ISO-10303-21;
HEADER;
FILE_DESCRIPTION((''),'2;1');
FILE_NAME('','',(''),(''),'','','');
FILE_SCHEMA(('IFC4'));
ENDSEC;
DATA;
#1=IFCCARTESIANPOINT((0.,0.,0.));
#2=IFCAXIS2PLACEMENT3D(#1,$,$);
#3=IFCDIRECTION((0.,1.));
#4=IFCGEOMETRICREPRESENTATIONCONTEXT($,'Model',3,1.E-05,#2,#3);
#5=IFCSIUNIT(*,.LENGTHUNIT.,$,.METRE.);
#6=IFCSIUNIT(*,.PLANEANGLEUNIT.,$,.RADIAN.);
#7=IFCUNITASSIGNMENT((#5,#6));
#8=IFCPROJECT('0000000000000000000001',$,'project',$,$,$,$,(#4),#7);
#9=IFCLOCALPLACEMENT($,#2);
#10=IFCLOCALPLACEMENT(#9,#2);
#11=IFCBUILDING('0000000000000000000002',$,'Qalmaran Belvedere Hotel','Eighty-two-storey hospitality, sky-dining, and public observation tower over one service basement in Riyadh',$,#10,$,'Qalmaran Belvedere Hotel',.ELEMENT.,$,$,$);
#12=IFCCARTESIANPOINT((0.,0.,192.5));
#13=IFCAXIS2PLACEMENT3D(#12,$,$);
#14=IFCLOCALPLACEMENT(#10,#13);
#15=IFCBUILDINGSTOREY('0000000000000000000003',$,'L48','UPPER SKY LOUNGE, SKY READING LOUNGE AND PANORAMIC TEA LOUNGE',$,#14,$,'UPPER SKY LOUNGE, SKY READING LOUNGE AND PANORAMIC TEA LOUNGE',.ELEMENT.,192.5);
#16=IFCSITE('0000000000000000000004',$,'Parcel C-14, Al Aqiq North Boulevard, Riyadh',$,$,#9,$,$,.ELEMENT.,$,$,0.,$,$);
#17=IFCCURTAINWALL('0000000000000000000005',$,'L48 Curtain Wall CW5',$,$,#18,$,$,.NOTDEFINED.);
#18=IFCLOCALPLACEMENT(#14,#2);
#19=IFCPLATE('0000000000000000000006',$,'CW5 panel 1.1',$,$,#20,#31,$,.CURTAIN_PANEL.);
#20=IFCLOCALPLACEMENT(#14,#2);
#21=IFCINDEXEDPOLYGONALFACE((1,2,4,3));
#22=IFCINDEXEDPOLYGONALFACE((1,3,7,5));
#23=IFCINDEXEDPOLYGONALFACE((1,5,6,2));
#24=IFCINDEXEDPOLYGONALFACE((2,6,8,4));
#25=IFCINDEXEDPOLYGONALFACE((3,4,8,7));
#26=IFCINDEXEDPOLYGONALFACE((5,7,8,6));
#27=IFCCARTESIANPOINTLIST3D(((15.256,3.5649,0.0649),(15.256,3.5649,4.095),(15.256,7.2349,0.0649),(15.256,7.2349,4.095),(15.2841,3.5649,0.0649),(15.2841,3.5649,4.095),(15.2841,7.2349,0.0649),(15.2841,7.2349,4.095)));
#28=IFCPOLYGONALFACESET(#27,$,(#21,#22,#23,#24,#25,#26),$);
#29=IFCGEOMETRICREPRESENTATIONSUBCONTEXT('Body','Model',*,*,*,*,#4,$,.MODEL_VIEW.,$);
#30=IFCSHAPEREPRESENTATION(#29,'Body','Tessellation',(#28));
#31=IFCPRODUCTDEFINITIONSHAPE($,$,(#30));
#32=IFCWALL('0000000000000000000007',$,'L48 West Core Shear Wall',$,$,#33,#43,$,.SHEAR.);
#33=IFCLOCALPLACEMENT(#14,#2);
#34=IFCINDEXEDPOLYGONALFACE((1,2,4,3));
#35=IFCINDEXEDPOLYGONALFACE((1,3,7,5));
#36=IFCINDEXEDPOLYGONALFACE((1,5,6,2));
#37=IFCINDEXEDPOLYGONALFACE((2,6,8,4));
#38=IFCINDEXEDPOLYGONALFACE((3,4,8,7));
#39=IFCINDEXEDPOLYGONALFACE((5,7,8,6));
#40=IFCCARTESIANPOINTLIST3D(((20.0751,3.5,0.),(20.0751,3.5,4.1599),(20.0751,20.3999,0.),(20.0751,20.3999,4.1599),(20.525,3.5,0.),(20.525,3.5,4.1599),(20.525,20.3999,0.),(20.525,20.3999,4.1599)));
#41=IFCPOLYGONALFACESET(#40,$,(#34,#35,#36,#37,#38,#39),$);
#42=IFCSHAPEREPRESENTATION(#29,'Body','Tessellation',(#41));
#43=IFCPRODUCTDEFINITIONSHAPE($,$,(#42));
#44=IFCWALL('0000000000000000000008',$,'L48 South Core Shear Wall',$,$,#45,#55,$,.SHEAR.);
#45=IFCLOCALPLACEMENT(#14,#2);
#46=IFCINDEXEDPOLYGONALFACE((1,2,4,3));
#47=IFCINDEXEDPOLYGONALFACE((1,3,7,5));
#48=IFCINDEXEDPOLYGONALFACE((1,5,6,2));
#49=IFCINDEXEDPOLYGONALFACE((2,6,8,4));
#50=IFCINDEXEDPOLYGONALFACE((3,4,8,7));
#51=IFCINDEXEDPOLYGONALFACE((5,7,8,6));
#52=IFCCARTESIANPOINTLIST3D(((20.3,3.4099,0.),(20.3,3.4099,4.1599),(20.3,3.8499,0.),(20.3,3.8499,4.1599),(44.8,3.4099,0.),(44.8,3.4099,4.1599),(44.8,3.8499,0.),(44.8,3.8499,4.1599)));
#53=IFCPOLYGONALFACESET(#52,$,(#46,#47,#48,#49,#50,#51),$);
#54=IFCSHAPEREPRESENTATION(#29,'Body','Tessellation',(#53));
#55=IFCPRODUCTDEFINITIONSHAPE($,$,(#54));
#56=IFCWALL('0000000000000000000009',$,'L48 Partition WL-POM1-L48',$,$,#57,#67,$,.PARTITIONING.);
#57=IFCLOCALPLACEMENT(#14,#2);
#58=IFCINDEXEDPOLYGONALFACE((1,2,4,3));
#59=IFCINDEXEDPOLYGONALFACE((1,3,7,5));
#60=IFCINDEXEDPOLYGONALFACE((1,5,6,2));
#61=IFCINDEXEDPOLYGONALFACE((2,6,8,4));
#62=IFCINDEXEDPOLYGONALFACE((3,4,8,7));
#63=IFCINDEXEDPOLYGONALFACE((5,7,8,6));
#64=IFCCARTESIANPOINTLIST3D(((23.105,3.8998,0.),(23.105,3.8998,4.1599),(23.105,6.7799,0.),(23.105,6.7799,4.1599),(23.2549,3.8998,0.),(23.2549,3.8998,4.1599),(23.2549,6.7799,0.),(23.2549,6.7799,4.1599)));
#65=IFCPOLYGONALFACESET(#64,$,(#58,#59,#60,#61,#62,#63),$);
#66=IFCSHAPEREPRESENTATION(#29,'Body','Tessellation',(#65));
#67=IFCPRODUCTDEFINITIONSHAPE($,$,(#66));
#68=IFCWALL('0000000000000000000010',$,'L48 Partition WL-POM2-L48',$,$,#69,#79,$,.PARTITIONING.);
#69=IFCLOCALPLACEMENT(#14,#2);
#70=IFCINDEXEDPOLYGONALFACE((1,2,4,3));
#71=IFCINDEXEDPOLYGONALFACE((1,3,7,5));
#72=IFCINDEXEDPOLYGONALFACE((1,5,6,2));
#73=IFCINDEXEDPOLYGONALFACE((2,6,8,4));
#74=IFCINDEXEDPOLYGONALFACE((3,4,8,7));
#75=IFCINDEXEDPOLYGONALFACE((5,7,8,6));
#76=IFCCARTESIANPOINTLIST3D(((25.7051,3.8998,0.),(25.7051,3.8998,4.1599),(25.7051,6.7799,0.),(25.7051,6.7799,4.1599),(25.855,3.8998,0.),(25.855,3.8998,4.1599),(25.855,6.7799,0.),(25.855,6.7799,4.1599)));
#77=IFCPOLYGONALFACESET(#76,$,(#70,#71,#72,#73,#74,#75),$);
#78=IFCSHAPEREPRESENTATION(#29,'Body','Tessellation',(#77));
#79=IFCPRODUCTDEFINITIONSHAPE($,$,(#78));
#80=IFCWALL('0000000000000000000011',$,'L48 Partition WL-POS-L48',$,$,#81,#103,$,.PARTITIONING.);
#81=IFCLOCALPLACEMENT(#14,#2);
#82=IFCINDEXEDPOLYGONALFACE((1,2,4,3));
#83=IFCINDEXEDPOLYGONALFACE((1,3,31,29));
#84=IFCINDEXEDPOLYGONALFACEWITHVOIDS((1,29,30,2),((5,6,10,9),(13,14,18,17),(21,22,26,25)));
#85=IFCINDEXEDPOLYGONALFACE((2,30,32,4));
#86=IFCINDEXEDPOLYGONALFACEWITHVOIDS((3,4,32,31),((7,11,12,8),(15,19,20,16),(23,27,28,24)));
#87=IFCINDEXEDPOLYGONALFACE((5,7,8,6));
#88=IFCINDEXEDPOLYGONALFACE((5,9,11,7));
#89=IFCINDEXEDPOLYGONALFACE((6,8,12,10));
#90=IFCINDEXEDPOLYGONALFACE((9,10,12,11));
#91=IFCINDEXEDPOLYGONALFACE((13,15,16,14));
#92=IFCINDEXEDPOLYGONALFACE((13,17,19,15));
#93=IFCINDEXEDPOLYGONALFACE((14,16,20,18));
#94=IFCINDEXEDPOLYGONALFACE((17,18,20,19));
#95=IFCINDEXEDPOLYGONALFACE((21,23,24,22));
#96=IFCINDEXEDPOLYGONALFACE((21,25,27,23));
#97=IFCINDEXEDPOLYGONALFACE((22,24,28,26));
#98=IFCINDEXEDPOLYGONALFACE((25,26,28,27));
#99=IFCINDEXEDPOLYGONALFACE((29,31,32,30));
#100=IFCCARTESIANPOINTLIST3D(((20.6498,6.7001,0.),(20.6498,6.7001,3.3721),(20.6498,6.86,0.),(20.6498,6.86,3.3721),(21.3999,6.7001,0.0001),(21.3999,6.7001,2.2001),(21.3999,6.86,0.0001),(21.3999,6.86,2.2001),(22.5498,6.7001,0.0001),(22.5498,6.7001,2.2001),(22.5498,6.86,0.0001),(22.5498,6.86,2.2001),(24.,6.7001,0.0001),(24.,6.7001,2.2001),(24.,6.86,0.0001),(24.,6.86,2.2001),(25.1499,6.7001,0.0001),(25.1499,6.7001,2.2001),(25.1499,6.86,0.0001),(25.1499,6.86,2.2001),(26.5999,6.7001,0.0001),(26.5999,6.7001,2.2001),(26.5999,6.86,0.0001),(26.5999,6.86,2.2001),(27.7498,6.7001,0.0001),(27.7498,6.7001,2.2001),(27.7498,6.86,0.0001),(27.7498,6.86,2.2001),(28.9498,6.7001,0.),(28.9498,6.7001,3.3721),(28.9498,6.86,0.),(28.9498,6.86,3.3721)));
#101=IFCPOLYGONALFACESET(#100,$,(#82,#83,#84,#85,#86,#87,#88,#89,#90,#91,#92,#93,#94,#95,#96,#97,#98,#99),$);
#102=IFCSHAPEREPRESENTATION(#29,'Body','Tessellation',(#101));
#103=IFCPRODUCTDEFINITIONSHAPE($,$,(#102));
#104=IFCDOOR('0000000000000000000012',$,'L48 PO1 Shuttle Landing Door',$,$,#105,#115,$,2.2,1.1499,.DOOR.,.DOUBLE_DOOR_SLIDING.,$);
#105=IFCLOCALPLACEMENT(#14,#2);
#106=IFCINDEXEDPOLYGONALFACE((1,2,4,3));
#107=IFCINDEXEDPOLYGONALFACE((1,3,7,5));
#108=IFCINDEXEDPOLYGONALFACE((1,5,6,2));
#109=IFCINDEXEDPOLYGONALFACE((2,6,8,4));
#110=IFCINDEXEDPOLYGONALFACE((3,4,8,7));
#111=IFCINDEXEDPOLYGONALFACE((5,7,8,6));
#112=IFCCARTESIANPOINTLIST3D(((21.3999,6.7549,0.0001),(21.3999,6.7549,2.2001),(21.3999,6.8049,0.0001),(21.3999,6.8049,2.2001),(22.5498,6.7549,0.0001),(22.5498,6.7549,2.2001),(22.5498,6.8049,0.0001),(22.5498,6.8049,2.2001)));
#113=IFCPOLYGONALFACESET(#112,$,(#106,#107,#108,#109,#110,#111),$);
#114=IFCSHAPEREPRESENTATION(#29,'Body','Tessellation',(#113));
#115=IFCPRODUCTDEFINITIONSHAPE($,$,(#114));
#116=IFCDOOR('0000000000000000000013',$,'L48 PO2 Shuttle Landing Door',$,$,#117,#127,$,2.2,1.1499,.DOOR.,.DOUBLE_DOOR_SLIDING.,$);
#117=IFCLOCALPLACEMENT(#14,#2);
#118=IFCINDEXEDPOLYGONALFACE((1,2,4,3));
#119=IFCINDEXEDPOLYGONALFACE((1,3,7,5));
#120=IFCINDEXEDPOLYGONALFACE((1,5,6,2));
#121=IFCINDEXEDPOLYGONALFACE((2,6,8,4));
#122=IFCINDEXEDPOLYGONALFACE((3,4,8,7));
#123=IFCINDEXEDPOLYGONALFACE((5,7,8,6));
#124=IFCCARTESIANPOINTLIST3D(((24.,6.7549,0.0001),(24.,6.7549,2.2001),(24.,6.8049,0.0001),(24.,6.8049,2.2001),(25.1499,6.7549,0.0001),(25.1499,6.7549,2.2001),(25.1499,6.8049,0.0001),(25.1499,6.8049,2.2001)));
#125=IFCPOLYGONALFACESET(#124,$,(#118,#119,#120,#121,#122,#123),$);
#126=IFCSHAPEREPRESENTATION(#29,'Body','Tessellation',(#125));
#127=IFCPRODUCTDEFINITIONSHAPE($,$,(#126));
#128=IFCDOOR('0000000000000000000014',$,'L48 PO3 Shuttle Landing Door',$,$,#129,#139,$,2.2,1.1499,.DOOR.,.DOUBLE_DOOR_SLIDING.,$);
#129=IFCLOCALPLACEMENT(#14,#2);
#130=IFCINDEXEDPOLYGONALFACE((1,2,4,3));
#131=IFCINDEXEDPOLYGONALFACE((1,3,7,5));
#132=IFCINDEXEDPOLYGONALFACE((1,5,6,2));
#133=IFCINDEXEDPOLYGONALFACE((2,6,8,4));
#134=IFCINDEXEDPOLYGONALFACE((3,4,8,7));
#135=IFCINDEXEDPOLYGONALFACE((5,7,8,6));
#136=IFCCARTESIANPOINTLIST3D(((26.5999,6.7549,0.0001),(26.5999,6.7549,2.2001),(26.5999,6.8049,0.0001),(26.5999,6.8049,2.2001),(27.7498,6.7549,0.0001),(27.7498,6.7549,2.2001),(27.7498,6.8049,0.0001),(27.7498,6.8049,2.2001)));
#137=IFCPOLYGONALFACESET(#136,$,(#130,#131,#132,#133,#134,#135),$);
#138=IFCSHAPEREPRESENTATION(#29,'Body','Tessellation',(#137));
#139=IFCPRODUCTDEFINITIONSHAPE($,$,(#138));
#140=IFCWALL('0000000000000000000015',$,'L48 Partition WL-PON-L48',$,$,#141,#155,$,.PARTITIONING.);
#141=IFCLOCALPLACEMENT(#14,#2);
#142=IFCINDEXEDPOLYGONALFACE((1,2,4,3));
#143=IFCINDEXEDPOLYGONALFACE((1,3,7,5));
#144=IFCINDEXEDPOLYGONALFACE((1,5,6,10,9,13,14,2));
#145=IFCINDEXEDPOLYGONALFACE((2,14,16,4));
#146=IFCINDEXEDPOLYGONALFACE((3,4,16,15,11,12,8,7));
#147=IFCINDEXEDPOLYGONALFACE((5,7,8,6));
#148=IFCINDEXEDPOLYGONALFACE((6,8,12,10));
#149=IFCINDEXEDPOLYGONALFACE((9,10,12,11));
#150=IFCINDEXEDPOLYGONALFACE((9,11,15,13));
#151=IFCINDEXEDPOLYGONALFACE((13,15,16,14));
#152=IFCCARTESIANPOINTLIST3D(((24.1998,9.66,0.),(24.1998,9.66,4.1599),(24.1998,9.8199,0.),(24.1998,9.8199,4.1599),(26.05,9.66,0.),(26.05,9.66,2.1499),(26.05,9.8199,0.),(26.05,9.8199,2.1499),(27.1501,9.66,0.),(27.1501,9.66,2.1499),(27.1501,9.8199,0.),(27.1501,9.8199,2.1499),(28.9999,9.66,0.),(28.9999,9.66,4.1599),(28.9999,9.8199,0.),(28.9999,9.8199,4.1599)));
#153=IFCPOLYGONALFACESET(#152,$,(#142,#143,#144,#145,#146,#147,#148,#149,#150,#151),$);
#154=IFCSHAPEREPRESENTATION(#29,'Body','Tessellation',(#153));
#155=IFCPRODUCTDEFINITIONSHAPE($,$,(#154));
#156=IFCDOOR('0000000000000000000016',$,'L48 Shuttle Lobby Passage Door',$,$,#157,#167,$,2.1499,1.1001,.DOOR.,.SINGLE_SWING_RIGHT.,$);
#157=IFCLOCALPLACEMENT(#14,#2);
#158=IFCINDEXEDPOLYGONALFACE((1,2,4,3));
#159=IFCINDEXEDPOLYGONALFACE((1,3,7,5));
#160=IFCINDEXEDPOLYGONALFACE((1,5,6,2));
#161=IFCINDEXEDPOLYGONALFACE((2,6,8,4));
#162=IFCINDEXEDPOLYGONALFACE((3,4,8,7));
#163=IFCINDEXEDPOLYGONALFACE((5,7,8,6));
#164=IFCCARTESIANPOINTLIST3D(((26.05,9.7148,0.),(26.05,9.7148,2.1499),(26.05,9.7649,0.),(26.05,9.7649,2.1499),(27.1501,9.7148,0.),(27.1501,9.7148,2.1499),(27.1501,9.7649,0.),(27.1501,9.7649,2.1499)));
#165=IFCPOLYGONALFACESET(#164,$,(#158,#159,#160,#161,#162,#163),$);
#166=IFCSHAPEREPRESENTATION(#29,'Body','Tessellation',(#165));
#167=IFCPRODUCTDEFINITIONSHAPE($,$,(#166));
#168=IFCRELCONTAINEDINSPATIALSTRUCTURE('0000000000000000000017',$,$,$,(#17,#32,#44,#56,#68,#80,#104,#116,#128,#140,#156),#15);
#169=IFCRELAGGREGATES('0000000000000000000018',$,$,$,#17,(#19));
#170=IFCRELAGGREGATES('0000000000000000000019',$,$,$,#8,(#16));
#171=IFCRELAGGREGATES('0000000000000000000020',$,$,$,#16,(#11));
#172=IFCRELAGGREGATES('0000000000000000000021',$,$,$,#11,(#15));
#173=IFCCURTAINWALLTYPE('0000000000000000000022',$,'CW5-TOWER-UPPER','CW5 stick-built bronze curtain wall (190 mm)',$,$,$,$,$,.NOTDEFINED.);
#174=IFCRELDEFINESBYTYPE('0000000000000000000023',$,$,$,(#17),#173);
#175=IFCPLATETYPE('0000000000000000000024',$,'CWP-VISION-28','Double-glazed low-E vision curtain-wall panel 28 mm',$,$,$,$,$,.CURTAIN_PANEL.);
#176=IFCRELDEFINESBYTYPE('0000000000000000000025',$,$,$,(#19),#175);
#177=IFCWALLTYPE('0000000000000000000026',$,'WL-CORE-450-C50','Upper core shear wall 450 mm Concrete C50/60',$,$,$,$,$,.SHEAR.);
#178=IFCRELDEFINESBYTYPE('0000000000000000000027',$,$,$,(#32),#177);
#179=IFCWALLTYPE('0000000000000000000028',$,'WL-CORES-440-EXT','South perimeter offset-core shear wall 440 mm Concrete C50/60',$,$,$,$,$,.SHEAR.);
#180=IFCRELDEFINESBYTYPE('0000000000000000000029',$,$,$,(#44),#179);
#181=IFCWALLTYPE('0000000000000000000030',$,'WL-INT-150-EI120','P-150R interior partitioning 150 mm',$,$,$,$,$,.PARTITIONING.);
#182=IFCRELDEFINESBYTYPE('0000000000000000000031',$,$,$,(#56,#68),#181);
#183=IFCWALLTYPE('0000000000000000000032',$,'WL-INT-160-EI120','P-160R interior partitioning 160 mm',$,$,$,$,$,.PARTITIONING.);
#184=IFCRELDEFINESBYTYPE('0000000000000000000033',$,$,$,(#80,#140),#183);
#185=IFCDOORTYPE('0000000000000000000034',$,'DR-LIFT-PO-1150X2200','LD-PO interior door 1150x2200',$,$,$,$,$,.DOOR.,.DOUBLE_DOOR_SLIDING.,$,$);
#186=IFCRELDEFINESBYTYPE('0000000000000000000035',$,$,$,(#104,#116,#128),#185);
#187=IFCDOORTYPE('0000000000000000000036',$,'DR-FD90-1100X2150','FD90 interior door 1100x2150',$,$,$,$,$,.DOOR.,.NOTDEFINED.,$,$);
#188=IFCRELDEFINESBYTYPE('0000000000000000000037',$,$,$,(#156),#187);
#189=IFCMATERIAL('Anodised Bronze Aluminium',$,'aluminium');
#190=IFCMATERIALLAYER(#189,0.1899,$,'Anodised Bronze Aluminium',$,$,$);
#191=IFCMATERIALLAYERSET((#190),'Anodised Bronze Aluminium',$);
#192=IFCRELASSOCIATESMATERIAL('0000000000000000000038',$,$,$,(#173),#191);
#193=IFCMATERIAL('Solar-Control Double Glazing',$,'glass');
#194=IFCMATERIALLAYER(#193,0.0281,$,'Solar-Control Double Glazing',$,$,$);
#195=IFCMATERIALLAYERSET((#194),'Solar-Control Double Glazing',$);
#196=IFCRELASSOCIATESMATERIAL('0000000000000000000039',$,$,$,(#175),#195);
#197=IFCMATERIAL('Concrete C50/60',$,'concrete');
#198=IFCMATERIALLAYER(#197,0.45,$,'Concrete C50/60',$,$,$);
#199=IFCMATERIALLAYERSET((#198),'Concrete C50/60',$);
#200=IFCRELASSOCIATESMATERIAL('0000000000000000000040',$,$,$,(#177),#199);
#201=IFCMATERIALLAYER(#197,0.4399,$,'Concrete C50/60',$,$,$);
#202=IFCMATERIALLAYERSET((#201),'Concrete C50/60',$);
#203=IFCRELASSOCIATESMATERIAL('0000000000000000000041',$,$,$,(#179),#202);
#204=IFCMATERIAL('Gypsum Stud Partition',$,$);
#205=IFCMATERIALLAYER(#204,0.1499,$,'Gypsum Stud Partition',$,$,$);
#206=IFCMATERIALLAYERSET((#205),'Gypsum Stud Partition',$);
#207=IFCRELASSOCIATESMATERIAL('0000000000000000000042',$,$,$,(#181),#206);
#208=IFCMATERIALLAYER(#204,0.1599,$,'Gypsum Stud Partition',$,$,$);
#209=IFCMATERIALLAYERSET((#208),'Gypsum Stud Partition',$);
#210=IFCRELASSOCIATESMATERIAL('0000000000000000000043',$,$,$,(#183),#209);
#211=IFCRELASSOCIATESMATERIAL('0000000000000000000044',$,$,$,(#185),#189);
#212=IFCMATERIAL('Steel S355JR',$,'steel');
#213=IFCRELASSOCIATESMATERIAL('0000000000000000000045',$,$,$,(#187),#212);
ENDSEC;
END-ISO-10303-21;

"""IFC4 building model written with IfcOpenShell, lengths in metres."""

from ifc_helpers import new_model, si_unit, direction, frame, frame_2d, origin, origin_2d, place, context, subcontext, project, spatial, rectangle, extrude, material, layer, layer_set, type_object, element, fill, aggregate, save


model = new_model("IFC4")

# Units and contexts
model_context = context("Model", 3, precision=1e-05, world=origin(), true_north=direction((0.0, 1.0)))
body_context = subcontext(model_context, "Body", "Model", "MODEL_VIEW")
ifc_project = project(units=[si_unit("LENGTHUNIT", "METRE"), si_unit("PLANEANGLEUNIT", "RADIAN")], contexts=[model_context])

# Site, building, storey
site_placement = place(None, origin())
site = spatial("IfcSite", under=ifc_project, at=site_placement, Name="Parcel C-14, Al Aqiq North Boulevard, Riyadh", CompositionType="ELEMENT", RefElevation=0.0)
building_placement = place(site_placement, origin())
building = spatial("IfcBuilding", under=site, at=building_placement, Name="Qalmaran Belvedere Hotel", Description="Eighty-two-storey hospitality, sky-dining, and public observation tower over one service basement in Riyadh", LongName="Qalmaran Belvedere Hotel", CompositionType="ELEMENT")
storey_placement = place(building_placement, frame((0.0, 0.0, 192.5)))
storey = spatial("IfcBuildingStorey", under=building, at=storey_placement, Name="L48", Description="UPPER SKY LOUNGE, SKY READING LOUNGE AND PANORAMIC TEA LOUNGE", LongName="UPPER SKY LOUNGE, SKY READING LOUNGE AND PANORAMIC TEA LOUNGE", CompositionType="ELEMENT", Elevation=192.5)

# Shared definitions
ifc_material_1 = material(Name="Concrete C50/60", Category="concrete")

# Shared definitions
ifc_material_2 = material(Name="Steel S355JR", Category="steel")

# Shared definitions
ifc_material_3 = material(Name="Anodised Bronze Aluminium", Category="aluminium")
ifc_layer_1 = layer(ifc_material_3, 0.1899, Name="Anodised Bronze Aluminium")
ifc_layer_set_1 = layer_set([ifc_layer_1], Name="Anodised Bronze Aluminium")
curtain_wall_type = type_object("IfcCurtainWallType", Name="CW5-TOWER-UPPER", Description="CW5 stick-built bronze curtain wall (190 mm)", PredefinedType="NOTDEFINED", material=ifc_layer_set_1)

# Curtain wall
curtain_wall_1_placement = place(storey_placement, origin())
curtain_wall_1 = element("IfcCurtainWall", 1, at=curtain_wall_1_placement, inside=storey, type_object=curtain_wall_type, Name="L48 Curtain Wall CW5", PredefinedType="NOTDEFINED")

# Plate
ifc_material_4 = material(Name="Solar-Control Double Glazing", Category="glass")
ifc_layer_2 = layer(ifc_material_4, 0.0281, Name="Solar-Control Double Glazing")
ifc_layer_set_2 = layer_set([ifc_layer_2], Name="Solar-Control Double Glazing")
plate_type = type_object("IfcPlateType", Name="CWP-VISION-28", Description="Double-glazed low-E vision curtain-wall panel 28 mm", PredefinedType="CURTAIN_PANEL", material=ifc_layer_set_2)
plate_1_placement = place(storey_placement, frame((15.27, 5.3999, 0.0649), z_axis=(0.0, 0.0, 1.0), x_axis=(0.0, -1.0, 0.0)))
plate_1 = element("IfcPlate", 2, at=plate_1_placement, type_object=plate_type, Name="CW5 panel 1.1", PredefinedType="CURTAIN_PANEL", context=body_context, shape_type="SweptSolid", body=[
    extrude(rectangle(XDim=3.6699, YDim=0.0281, at=origin_2d()), origin(), (0.0, 0.0, 1.0), 4.03),
])
aggregate(curtain_wall_1, [plate_1])

# Walls
ifc_layer_3 = layer(ifc_material_1, 0.45, Name="Concrete C50/60")
ifc_layer_set_3 = layer_set([ifc_layer_3], Name="Concrete C50/60")
wall_type_1 = type_object("IfcWallType", Name="WL-CORE-450-C50", Description="Upper core shear wall 450 mm Concrete C50/60", PredefinedType="SHEAR", material=ifc_layer_set_3)
wall_1_placement = place(storey_placement, frame((20.3, 3.5, 0.0), z_axis=(0.0, 0.0, 1.0), x_axis=(0.0, 1.0, 0.0)))
element("IfcWall", 3, at=wall_1_placement, inside=storey, type_object=wall_type_1, Name="L48 West Core Shear Wall", PredefinedType="SHEAR", context=body_context, shape_type="SweptSolid", body=[
    extrude(rectangle(XDim=16.8999, YDim=0.45, at=frame_2d((8.45, 0.0))), origin(), (0.0, 0.0, 1.0), 4.1599),
])
ifc_layer_4 = layer(ifc_material_1, 0.4399, Name="Concrete C50/60")
ifc_layer_set_4 = layer_set([ifc_layer_4], Name="Concrete C50/60")
wall_type_2 = type_object("IfcWallType", Name="WL-CORES-440-EXT", Description="South perimeter offset-core shear wall 440 mm Concrete C50/60", PredefinedType="SHEAR", material=ifc_layer_set_4)
wall_2_placement = place(storey_placement, frame((20.3, 3.6299, 0.0), z_axis=(0.0, 0.0, 1.0), x_axis=(1.0, 0.0, 0.0)))
element("IfcWall", 4, at=wall_2_placement, inside=storey, type_object=wall_type_2, Name="L48 South Core Shear Wall", PredefinedType="SHEAR", context=body_context, shape_type="SweptSolid", body=[
    extrude(rectangle(XDim=24.5, YDim=0.4399, at=frame_2d((12.25, 0.0))), origin(), (0.0, 0.0, 1.0), 4.1599),
])
ifc_material_5 = material(Name="Gypsum Stud Partition")
ifc_layer_5 = layer(ifc_material_5, 0.1499, Name="Gypsum Stud Partition")
ifc_layer_set_5 = layer_set([ifc_layer_5], Name="Gypsum Stud Partition")
wall_type_3 = type_object("IfcWallType", Name="WL-INT-150-EI120", Description="P-150R interior partitioning 150 mm", PredefinedType="PARTITIONING", material=ifc_layer_set_5)
for number, where, z_axis, x_axis, name in (
    (5, (23.1799, 3.8999, 0.0), (0.0, 0.0, 1.0), (0.0, 1.0, 0.0), "L48 Partition WL-POM1-L48"),
    (6, (25.78, 3.8999, 0.0), (0.0, 0.0, 1.0), (0.0, 1.0, 0.0), "L48 Partition WL-POM2-L48"),
):
    element("IfcWall", number, at=place(storey_placement, frame(where, z_axis=z_axis, x_axis=x_axis)), inside=storey, type_object=wall_type_3, Name=name, PredefinedType="PARTITIONING", context=body_context, shape_type="SweptSolid", body=[
        extrude(rectangle(XDim=2.8801, YDim=0.1499, at=frame_2d((1.4399, 0.0))), origin(), (0.0, 0.0, 1.0), 4.1599),
    ])

# Wall, openings, doors
ifc_layer_6 = layer(ifc_material_5, 0.1599, Name="Gypsum Stud Partition")
ifc_layer_set_6 = layer_set([ifc_layer_6], Name="Gypsum Stud Partition")
wall_type_4 = type_object("IfcWallType", Name="WL-INT-160-EI120", Description="P-160R interior partitioning 160 mm", PredefinedType="PARTITIONING", material=ifc_layer_set_6)
wall_3_placement = place(storey_placement, frame((20.6499, 6.78, 0.0), z_axis=(0.0, 0.0, 1.0), x_axis=(1.0, 0.0, 0.0)))
wall_3 = element("IfcWall", 7, at=wall_3_placement, inside=storey, type_object=wall_type_4, Name="L48 Partition WL-POS-L48", PredefinedType="PARTITIONING", context=body_context, shape_type="SweptSolid", body=[
    extrude(rectangle(XDim=8.3, YDim=0.1599, at=frame_2d((4.1499, 0.0))), origin(), (0.0, 0.0, 1.0), 3.3721),
])
opening_1_placement = place(wall_3_placement, frame((0.75, 0.0, 0.0)))
opening_1 = element("IfcOpeningElement", 8, at=opening_1_placement, cuts=wall_3, PredefinedType="OPENING", context=body_context, shape_type="SweptSolid", body=[
    extrude(rectangle(XDim=1.1499, YDim=2.2, at=frame_2d((0.575, 1.1001))), frame((0.0, 0.0898, 0.0), z_axis=(0.0, -1.0, 0.0), x_axis=(1.0, 0.0, 0.0)), (0.0, 0.0, 1.0), 0.1799),
])
opening_2_placement = place(wall_3_placement, frame((3.3501, 0.0, 0.0)))
opening_2 = element("IfcOpeningElement", 9, at=opening_2_placement, cuts=wall_3, PredefinedType="OPENING", context=body_context, shape_type="SweptSolid", body=[
    extrude(rectangle(XDim=1.1499, YDim=2.2, at=frame_2d((0.575, 1.1001))), frame((0.0, 0.0898, 0.0), z_axis=(0.0, -1.0, 0.0), x_axis=(1.0, 0.0, 0.0)), (0.0, 0.0, 1.0), 0.1799),
])
opening_3_placement = place(wall_3_placement, frame((5.95, 0.0, 0.0)))
opening_3 = element("IfcOpeningElement", 10, at=opening_3_placement, cuts=wall_3, PredefinedType="OPENING", context=body_context, shape_type="SweptSolid", body=[
    extrude(rectangle(XDim=1.1499, YDim=2.2, at=frame_2d((0.575, 1.1001))), frame((0.0, 0.0898, 0.0), z_axis=(0.0, -1.0, 0.0), x_axis=(1.0, 0.0, 0.0)), (0.0, 0.0, 1.0), 0.1799),
])
door_type_1 = type_object("IfcDoorType", Name="DR-LIFT-PO-1150X2200", Description="LD-PO interior door 1150x2200", OperationType="DOUBLE_DOOR_SLIDING", PredefinedType="DOOR", material=ifc_material_3)
door_1_placement = place(opening_1_placement, origin())
door_1 = element("IfcDoor", 11, at=door_1_placement, inside=storey, type_object=door_type_1, Name="L48 PO1 Shuttle Landing Door", OperationType="DOUBLE_DOOR_SLIDING", OverallHeight=2.2, OverallWidth=1.1499, PredefinedType="DOOR", context=body_context, shape_type="SweptSolid", body=[
    extrude(rectangle(XDim=1.1499, YDim=2.2, at=frame_2d((0.575, 1.1001))), frame((0.0, 0.0249, 0.0), z_axis=(0.0, -1.0, 0.0), x_axis=(1.0, 0.0, 0.0)), (0.0, 0.0, 1.0), 0.05),
])
fill(opening_1, door_1)
door_2_placement = place(opening_2_placement, origin())
door_2 = element("IfcDoor", 12, at=door_2_placement, inside=storey, type_object=door_type_1, Name="L48 PO2 Shuttle Landing Door", OperationType="DOUBLE_DOOR_SLIDING", OverallHeight=2.2, OverallWidth=1.1499, PredefinedType="DOOR", context=body_context, shape_type="SweptSolid", body=[
    extrude(rectangle(XDim=1.1499, YDim=2.2, at=frame_2d((0.575, 1.1001))), frame((0.0, 0.0249, 0.0), z_axis=(0.0, -1.0, 0.0), x_axis=(1.0, 0.0, 0.0)), (0.0, 0.0, 1.0), 0.05),
])
fill(opening_2, door_2)
door_3_placement = place(opening_3_placement, origin())
door_3 = element("IfcDoor", 13, at=door_3_placement, inside=storey, type_object=door_type_1, Name="L48 PO3 Shuttle Landing Door", OperationType="DOUBLE_DOOR_SLIDING", OverallHeight=2.2, OverallWidth=1.1499, PredefinedType="DOOR", context=body_context, shape_type="SweptSolid", body=[
    extrude(rectangle(XDim=1.1499, YDim=2.2, at=frame_2d((0.575, 1.1001))), frame((0.0, 0.0249, 0.0), z_axis=(0.0, -1.0, 0.0), x_axis=(1.0, 0.0, 0.0)), (0.0, 0.0, 1.0), 0.05),
])
fill(opening_3, door_3)

# Wall, opening, door
wall_4_placement = place(storey_placement, frame((24.2, 9.74, 0.0), z_axis=(0.0, 0.0, 1.0), x_axis=(1.0, 0.0, 0.0)))
wall_4 = element("IfcWall", 14, at=wall_4_placement, inside=storey, type_object=wall_type_4, Name="L48 Partition WL-PON-L48", PredefinedType="PARTITIONING", context=body_context, shape_type="SweptSolid", body=[
    extrude(rectangle(XDim=4.8, YDim=0.1599, at=frame_2d((2.3999, 0.0))), origin(), (0.0, 0.0, 1.0), 4.1599),
])
opening_4_placement = place(wall_4_placement, frame((1.8501, 0.0, 0.0)))
opening_4 = element("IfcOpeningElement", 15, at=opening_4_placement, cuts=wall_4, PredefinedType="OPENING", context=body_context, shape_type="SweptSolid", body=[
    extrude(rectangle(XDim=1.1001, YDim=2.1499, at=frame_2d((0.55, 1.075))), frame((0.0, 0.0898, 0.0), z_axis=(0.0, -1.0, 0.0), x_axis=(1.0, 0.0, 0.0)), (0.0, 0.0, 1.0), 0.1799),
])
door_type_2 = type_object("IfcDoorType", Name="DR-FD90-1100X2150", Description="FD90 interior door 1100x2150", OperationType="NOTDEFINED", PredefinedType="DOOR", material=ifc_material_2)
door_4_placement = place(opening_4_placement, origin())
door_4 = element("IfcDoor", 16, at=door_4_placement, inside=storey, type_object=door_type_2, Name="L48 Shuttle Lobby Passage Door", OperationType="SINGLE_SWING_RIGHT", OverallHeight=2.1499, OverallWidth=1.1001, PredefinedType="DOOR", context=body_context, shape_type="SweptSolid", body=[
    extrude(rectangle(XDim=1.1001, YDim=2.1499, at=frame_2d((0.55, 1.075))), frame((0.0, 0.0249, 0.0), z_axis=(0.0, -1.0, 0.0), x_axis=(1.0, 0.0, 0.0)), (0.0, 0.0, 1.0), 0.05),
])
fill(opening_4, door_4)

save(model, "model.ifc")
